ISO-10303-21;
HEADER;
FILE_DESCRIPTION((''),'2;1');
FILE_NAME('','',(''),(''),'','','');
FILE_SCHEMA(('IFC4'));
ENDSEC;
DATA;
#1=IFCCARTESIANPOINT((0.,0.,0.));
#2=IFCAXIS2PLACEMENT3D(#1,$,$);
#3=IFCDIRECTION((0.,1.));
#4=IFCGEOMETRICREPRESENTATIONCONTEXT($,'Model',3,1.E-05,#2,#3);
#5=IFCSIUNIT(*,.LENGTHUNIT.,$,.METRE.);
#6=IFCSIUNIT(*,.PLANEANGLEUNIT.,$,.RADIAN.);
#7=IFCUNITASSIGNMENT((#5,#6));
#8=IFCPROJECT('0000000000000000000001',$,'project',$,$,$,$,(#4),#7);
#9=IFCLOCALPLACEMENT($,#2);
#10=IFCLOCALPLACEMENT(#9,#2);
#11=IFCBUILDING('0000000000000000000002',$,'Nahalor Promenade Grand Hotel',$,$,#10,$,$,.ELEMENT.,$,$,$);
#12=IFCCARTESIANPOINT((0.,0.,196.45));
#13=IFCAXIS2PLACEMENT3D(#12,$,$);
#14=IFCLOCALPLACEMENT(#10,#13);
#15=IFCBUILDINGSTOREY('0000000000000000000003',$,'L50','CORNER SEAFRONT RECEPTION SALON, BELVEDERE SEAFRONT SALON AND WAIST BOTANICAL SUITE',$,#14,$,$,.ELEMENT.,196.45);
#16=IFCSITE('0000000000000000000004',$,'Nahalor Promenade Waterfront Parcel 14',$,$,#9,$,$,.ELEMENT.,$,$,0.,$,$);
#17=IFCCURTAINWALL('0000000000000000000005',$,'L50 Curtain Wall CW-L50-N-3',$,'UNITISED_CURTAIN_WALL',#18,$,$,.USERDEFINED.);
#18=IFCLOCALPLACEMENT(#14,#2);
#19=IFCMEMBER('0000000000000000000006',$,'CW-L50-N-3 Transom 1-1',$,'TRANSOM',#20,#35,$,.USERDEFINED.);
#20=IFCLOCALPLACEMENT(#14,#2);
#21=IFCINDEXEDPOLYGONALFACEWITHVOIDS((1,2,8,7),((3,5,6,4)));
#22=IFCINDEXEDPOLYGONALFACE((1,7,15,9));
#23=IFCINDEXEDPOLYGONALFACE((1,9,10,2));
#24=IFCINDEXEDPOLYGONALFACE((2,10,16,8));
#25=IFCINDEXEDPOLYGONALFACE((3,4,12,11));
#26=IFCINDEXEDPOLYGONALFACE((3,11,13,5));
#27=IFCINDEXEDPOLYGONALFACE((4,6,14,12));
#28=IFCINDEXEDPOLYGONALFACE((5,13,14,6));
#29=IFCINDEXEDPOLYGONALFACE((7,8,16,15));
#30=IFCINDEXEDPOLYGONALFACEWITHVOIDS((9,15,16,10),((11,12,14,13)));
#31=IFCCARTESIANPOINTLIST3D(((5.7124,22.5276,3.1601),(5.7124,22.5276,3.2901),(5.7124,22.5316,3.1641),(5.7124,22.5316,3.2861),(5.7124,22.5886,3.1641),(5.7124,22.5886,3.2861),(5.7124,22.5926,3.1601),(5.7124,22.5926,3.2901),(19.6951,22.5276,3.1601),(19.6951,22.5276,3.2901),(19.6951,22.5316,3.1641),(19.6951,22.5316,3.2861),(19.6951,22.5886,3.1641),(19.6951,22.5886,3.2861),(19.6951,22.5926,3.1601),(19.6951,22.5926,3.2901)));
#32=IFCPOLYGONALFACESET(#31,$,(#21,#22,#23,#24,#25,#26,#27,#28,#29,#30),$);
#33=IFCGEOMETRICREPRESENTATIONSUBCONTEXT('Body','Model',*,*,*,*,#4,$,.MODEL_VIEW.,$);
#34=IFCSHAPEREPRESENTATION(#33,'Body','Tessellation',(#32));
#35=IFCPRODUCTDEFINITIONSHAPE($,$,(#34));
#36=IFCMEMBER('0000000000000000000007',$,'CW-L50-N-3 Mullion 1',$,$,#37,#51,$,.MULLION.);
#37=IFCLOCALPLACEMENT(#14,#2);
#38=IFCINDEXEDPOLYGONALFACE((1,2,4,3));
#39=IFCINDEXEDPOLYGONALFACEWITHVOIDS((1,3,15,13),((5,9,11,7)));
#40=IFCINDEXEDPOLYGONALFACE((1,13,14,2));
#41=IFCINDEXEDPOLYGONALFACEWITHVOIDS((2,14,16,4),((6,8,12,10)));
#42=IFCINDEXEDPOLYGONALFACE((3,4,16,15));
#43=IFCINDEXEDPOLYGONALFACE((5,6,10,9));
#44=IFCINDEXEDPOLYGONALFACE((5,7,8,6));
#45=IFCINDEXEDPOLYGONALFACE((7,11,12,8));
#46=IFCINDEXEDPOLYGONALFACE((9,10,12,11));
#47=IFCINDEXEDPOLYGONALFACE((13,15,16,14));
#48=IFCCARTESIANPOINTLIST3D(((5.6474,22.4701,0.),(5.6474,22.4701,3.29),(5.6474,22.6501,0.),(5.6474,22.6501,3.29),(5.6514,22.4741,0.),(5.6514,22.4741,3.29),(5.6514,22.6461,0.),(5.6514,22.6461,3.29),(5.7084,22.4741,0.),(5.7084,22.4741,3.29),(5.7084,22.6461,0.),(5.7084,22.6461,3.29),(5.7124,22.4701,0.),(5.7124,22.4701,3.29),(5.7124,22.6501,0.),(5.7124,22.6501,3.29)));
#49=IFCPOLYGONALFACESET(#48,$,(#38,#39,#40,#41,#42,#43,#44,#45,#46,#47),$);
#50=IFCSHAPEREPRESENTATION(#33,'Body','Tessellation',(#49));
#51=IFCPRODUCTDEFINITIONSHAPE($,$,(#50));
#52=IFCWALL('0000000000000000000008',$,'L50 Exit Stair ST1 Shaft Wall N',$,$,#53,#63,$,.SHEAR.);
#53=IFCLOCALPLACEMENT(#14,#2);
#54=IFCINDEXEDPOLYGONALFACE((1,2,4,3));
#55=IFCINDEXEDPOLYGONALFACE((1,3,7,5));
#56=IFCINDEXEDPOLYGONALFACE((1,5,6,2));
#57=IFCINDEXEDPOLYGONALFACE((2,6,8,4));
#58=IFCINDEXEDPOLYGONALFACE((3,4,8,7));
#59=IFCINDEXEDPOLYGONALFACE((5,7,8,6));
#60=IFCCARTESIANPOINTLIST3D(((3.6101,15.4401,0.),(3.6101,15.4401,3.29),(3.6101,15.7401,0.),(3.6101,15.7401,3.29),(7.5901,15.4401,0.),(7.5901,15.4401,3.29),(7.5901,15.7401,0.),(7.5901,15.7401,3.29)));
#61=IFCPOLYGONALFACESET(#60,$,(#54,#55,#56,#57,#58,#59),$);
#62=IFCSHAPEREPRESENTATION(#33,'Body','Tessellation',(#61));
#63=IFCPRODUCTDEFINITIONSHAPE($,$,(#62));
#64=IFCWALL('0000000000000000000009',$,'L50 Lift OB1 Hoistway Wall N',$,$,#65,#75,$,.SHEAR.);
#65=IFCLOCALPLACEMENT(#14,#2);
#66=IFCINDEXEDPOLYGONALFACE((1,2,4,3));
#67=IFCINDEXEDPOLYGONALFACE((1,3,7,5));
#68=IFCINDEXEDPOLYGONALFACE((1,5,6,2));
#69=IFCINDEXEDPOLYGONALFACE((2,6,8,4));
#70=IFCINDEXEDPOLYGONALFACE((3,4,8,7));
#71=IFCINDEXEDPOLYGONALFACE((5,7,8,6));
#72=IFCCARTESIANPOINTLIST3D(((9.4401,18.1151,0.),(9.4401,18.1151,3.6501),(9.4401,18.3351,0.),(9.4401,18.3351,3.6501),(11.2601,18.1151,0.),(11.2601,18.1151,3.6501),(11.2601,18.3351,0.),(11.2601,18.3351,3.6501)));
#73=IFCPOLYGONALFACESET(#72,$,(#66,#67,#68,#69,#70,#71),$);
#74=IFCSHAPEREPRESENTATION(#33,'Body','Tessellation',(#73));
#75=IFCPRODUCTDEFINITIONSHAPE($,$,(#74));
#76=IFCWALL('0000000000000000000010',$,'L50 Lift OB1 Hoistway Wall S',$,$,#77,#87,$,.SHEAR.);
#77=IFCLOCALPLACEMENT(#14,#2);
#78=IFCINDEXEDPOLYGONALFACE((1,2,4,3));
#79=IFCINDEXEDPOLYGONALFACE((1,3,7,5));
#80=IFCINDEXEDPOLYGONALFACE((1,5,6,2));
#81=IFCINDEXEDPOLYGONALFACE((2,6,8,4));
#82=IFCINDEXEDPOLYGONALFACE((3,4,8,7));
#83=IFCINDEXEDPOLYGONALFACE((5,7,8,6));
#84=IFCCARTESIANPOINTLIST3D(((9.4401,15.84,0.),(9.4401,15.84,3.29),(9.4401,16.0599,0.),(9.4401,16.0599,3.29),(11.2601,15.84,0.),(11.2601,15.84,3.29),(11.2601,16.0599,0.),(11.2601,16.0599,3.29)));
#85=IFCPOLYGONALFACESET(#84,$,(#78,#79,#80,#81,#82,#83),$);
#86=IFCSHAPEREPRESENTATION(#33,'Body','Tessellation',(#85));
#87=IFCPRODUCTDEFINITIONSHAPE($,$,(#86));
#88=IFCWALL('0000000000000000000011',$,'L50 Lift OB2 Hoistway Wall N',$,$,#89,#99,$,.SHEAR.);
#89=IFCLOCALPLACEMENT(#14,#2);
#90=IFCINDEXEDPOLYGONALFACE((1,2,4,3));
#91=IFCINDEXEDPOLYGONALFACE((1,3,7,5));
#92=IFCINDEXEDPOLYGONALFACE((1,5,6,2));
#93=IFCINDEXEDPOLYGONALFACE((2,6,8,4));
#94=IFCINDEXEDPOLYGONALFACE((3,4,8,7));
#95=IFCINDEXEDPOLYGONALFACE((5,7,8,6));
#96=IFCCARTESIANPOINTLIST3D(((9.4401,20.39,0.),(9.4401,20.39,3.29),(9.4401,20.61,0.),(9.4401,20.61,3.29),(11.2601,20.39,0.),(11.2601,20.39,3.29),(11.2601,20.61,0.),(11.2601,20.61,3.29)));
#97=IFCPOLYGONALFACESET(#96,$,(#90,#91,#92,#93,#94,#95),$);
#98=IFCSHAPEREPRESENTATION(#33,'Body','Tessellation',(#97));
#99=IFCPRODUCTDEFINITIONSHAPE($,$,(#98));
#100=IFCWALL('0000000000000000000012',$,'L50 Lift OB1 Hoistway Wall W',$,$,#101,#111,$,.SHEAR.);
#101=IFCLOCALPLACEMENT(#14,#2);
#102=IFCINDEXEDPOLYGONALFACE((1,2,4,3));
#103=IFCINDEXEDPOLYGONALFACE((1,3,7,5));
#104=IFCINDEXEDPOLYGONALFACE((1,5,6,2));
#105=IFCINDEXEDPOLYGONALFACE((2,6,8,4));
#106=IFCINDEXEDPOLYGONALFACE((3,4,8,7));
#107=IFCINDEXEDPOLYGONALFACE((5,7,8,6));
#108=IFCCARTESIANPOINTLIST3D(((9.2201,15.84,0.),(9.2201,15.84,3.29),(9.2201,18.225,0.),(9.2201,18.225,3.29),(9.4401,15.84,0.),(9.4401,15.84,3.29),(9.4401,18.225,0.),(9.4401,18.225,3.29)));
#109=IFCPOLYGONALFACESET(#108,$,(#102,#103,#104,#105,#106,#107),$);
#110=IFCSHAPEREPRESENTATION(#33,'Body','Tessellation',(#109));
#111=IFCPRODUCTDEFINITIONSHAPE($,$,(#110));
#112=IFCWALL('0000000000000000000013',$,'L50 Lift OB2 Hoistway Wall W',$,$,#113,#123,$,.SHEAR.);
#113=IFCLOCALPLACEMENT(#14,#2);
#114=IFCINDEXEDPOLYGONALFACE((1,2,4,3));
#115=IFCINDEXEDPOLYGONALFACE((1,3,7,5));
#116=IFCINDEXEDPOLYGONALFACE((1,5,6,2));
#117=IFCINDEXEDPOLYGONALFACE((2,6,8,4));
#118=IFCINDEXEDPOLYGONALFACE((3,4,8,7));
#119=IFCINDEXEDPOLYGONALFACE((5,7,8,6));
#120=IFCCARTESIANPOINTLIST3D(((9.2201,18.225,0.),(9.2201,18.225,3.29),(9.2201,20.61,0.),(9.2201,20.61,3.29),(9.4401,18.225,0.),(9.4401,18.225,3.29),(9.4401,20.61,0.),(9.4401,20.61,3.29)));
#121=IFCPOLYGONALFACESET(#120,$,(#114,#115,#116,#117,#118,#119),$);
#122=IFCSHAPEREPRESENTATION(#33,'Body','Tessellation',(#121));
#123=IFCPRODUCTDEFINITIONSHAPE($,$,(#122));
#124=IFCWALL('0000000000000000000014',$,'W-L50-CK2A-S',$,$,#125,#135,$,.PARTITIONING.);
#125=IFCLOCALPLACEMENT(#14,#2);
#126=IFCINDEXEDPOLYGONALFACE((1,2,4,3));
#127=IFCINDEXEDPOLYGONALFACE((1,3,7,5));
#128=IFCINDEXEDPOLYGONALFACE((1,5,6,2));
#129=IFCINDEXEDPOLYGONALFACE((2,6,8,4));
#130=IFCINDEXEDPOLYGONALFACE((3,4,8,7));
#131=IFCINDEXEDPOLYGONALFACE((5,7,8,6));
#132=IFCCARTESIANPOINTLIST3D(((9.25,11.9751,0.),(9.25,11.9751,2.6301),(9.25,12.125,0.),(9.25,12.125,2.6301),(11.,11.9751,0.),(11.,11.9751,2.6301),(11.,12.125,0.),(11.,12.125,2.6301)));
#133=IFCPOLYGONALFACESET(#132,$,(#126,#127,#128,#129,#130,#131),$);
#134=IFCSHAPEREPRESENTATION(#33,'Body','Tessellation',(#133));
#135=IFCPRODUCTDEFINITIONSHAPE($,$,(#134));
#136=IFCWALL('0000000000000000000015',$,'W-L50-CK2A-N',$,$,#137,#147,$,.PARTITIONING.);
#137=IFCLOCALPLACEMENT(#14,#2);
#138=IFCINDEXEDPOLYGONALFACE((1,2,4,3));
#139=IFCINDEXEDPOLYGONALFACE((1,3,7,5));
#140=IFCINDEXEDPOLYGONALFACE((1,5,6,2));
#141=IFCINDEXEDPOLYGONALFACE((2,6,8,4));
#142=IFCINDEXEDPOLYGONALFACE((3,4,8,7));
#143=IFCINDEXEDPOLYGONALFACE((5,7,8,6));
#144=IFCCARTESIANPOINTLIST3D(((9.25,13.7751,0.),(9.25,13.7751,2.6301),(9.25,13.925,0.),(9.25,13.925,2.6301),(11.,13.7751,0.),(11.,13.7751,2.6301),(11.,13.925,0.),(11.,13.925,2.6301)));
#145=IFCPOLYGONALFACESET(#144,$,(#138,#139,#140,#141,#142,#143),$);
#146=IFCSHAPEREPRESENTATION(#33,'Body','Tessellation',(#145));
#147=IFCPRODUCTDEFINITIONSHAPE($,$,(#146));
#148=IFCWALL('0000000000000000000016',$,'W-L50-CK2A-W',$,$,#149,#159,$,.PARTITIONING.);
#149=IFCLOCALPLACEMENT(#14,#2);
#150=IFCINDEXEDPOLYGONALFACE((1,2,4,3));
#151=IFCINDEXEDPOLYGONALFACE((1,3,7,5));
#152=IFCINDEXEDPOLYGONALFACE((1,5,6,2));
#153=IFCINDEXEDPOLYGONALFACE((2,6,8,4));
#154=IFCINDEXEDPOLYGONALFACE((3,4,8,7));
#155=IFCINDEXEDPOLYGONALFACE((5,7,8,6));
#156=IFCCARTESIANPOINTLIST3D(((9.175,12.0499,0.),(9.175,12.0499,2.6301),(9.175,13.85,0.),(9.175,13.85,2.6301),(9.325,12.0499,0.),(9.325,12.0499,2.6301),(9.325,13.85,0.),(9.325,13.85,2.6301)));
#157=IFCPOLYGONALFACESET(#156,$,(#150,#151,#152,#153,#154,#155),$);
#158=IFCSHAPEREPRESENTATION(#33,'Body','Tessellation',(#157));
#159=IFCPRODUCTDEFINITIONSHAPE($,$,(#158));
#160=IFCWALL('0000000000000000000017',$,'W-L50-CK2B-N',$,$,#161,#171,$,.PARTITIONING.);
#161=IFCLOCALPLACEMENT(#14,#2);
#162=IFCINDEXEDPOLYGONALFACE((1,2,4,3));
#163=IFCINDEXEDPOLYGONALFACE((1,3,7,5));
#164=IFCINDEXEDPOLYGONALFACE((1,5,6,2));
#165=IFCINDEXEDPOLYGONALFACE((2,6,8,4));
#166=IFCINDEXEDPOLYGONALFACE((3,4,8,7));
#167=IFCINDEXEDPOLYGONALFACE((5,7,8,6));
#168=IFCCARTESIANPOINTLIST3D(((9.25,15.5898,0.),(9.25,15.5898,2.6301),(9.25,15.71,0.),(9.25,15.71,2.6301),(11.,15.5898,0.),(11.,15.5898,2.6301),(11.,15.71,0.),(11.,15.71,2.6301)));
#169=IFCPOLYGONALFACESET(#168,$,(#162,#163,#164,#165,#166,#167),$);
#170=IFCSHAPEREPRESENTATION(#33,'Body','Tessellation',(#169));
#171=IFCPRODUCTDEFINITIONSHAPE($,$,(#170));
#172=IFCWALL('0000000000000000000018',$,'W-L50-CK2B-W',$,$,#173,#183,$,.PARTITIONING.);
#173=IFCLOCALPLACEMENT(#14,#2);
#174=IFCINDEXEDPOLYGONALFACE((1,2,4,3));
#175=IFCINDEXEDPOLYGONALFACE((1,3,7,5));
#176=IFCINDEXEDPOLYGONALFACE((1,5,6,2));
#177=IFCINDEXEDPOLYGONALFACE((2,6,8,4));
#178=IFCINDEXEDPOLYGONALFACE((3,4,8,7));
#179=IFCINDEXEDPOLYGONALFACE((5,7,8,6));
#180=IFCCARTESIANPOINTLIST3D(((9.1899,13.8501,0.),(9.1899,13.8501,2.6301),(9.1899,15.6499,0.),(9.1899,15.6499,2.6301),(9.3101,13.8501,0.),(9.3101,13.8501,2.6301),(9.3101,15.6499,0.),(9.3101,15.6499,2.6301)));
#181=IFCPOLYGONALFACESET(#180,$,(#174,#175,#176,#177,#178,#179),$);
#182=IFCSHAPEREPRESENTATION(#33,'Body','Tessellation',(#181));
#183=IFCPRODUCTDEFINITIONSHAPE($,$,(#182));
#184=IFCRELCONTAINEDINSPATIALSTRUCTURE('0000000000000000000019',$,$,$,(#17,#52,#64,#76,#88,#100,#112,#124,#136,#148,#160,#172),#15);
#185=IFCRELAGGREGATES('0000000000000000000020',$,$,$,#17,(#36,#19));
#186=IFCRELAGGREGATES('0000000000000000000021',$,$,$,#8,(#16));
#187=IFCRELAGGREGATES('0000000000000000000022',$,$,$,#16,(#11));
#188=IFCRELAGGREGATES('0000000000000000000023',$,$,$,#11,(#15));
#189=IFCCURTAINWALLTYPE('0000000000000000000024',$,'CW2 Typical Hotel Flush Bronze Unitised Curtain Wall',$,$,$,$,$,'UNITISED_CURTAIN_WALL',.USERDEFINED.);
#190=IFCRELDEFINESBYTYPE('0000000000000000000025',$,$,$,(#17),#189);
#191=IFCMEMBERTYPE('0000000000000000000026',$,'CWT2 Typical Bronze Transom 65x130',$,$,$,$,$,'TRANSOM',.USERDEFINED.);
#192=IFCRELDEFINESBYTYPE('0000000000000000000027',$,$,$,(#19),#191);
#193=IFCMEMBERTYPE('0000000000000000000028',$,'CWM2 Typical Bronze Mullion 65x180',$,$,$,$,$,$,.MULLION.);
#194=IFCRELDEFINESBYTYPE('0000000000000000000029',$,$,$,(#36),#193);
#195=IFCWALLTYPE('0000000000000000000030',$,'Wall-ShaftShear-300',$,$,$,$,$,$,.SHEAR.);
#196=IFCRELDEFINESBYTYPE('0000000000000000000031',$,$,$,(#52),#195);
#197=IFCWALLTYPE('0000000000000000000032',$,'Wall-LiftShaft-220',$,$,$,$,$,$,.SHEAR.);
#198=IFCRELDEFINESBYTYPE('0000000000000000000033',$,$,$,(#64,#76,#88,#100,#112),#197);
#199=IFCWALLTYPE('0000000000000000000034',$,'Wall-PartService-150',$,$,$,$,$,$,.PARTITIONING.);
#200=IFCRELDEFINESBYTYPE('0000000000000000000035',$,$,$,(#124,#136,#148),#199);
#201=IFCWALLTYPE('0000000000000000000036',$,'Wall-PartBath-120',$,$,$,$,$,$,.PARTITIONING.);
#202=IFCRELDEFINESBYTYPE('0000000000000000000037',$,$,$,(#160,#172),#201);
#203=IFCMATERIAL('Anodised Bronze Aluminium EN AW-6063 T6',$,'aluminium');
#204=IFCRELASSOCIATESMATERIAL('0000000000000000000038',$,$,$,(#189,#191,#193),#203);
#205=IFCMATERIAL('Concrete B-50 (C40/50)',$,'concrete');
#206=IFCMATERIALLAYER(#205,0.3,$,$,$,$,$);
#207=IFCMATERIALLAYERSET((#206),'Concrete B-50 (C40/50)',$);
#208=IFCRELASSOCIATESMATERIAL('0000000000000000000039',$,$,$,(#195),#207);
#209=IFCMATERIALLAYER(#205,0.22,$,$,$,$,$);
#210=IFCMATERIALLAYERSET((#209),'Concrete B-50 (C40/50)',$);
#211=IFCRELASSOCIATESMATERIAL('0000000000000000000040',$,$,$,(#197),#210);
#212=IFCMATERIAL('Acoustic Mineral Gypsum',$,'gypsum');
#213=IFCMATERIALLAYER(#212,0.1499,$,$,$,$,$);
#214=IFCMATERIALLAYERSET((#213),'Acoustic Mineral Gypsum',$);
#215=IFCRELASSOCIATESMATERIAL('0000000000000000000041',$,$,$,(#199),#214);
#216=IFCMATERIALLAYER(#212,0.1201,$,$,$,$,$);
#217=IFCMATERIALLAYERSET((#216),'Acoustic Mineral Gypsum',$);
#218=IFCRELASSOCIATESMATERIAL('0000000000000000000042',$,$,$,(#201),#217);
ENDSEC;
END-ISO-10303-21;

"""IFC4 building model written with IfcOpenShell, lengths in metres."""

from ifc_helpers import new_model, si_unit, direction, frame, frame_2d, origin, origin_2d, place, context, subcontext, project, spatial, rectangle, hollow_rectangle, extrude, source, transform, mapped, material, layer, layer_set, material_profile, profile_set, type_object, element, aggregate, save


model = new_model("IFC4")

# Units and contexts
model_context = context("Model", 3, precision=1e-05, world=origin(), true_north=direction((0.0, 1.0)))
body_context = subcontext(model_context, "Body", "Model", "MODEL_VIEW")
ifc_project = project(units=[si_unit("LENGTHUNIT", "METRE"), si_unit("PLANEANGLEUNIT", "RADIAN")], contexts=[model_context])

# Site, building, storey
site_placement = place(None, origin())
site = spatial("IfcSite", under=ifc_project, at=site_placement, Name="Nahalor Promenade Waterfront Parcel 14", CompositionType="ELEMENT", RefElevation=0.0)
building_placement = place(site_placement, origin())
building = spatial("IfcBuilding", under=site, at=building_placement, Name="Nahalor Promenade Grand Hotel", CompositionType="ELEMENT")
storey_placement = place(building_placement, frame((0.0, 0.0, 196.45)))
storey = spatial("IfcBuildingStorey", under=building, at=storey_placement, Name="L50", Description="CORNER SEAFRONT RECEPTION SALON, BELVEDERE SEAFRONT SALON AND WAIST BOTANICAL SUITE", CompositionType="ELEMENT", Elevation=196.45)

# Curtain wall, members
ifc_material_1 = material(Name="Anodised Bronze Aluminium EN AW-6063 T6", Category="aluminium")
curtain_wall_type = type_object("IfcCurtainWallType", Name="CW2 Typical Hotel Flush Bronze Unitised Curtain Wall", ElementType="UNITISED_CURTAIN_WALL", PredefinedType="USERDEFINED", material=ifc_material_1)
curtain_wall_placement = place(storey_placement, origin())
curtain_wall = element("IfcCurtainWall", 1, at=curtain_wall_placement, inside=storey, type_object=curtain_wall_type, Name="L50 Curtain Wall CW-L50-N-3", ObjectType="UNITISED_CURTAIN_WALL", PredefinedType="USERDEFINED")
ifc_material_profile_1 = material_profile(ifc_material_1, hollow_rectangle(XDim=0.065, YDim=0.13, WallThickness=0.004, at=origin_2d()), Name="CWT 65x130x4")
ifc_profile_set_1 = profile_set([ifc_material_profile_1], Name="Anodised Bronze Aluminium EN AW-6063 T6")
member_type_1 = type_object("IfcMemberType", Name="CWT2 Typical Bronze Transom 65x130", ElementType="TRANSOM", PredefinedType="USERDEFINED", material=ifc_profile_set_1)
shared_shape_1 = source(origin(), body_context, "Body", "SweptSolid", [
    extrude(hollow_rectangle(XDim=0.065, YDim=0.13, WallThickness=0.004, at=origin_2d()), origin(), (0.0, 0.0, 1.0), 13.9827),
])
member_1_placement = place(storey_placement, frame((5.7124, 22.5601, 3.2251), z_axis=(1.0, 0.0, 0.0), x_axis=(0.0, 1.0, 0.0)))
member_1 = element("IfcMember", 2, at=member_1_placement, type_object=member_type_1, Name="CW-L50-N-3 Transom 1-1", ObjectType="TRANSOM", PredefinedType="USERDEFINED", context=body_context, shape_type="MappedRepresentation", body=[
    mapped(shared_shape_1, transform((0.0, 0.0, 0.0), scale=1.0)),
])
ifc_material_profile_2 = material_profile(ifc_material_1, hollow_rectangle(XDim=0.065, YDim=0.18, WallThickness=0.004, at=origin_2d()), Name="CWM 65x180x4")
ifc_profile_set_2 = profile_set([ifc_material_profile_2], Name="Anodised Bronze Aluminium EN AW-6063 T6")
member_type_2 = type_object("IfcMemberType", Name="CWM2 Typical Bronze Mullion 65x180", PredefinedType="MULLION", material=ifc_profile_set_2)
shared_shape_2 = source(origin(), body_context, "Body", "SweptSolid", [
    extrude(hollow_rectangle(XDim=0.065, YDim=0.18, WallThickness=0.004, at=origin_2d()), origin(), (0.0, 0.0, 1.0), 3.29),
])
member_2_placement = place(storey_placement, frame((5.6799, 22.5601, 0.0), z_axis=(0.0, 0.0, 1.0), x_axis=(1.0, 0.0, 0.0)))
member_2 = element("IfcMember", 3, at=member_2_placement, type_object=member_type_2, Name="CW-L50-N-3 Mullion 1", PredefinedType="MULLION", context=body_context, shape_type="MappedRepresentation", body=[
    mapped(shared_shape_2, transform((0.0, 0.0, 0.0), scale=1.0)),
])
aggregate(curtain_wall, [member_2, member_1])

# Walls
ifc_material_2 = material(Name="Concrete B-50 (C40/50)", Category="concrete")
ifc_layer_1 = layer(ifc_material_2, 0.3)
ifc_layer_set_1 = layer_set([ifc_layer_1], Name="Concrete B-50 (C40/50)")
wall_type_1 = type_object("IfcWallType", Name="Wall-ShaftShear-300", PredefinedType="SHEAR", material=ifc_layer_set_1)
shared_shape_3 = source(origin(), body_context, "Body", "SweptSolid", [
    extrude(rectangle(XDim=3.98, YDim=0.3, at=frame_2d((1.99, 0.0))), origin(), (0.0, 0.0, 1.0), 3.29),
])
wall_1_placement = place(storey_placement, frame((3.6101, 15.5901, 0.0), z_axis=(0.0, 0.0, 1.0), x_axis=(1.0, 0.0, 0.0)))
element("IfcWall", 4, at=wall_1_placement, inside=storey, type_object=wall_type_1, Name="L50 Exit Stair ST1 Shaft Wall N", PredefinedType="SHEAR", context=body_context, shape_type="MappedRepresentation", body=[
    mapped(shared_shape_3, transform((0.0, 0.0, 0.0), scale=1.0)),
])
ifc_layer_2 = layer(ifc_material_2, 0.22)
ifc_layer_set_2 = layer_set([ifc_layer_2], Name="Concrete B-50 (C40/50)")
wall_type_2 = type_object("IfcWallType", Name="Wall-LiftShaft-220", PredefinedType="SHEAR", material=ifc_layer_set_2)
shared_shape_4 = source(origin(), body_context, "Body", "SweptSolid", [
    extrude(rectangle(XDim=1.8201, YDim=0.22, at=frame_2d((0.9102, 0.0))), origin(), (0.0, 0.0, 1.0), 3.6501),
])
wall_2_placement = place(storey_placement, frame((9.4399, 18.2251, 0.0), z_axis=(0.0, 0.0, 1.0), x_axis=(1.0, 0.0, 0.0)))
element("IfcWall", 5, at=wall_2_placement, inside=storey, type_object=wall_type_2, Name="L50 Lift OB1 Hoistway Wall N", PredefinedType="SHEAR", context=body_context, shape_type="MappedRepresentation", body=[
    mapped(shared_shape_4, transform((0.0, 0.0, 0.0), scale=1.0)),
])
shared_shape_5 = source(origin(), body_context, "Body", "SweptSolid", [
    extrude(rectangle(XDim=1.8201, YDim=0.22, at=frame_2d((0.9102, 0.0))), origin(), (0.0, 0.0, 1.0), 3.29),
])
for number, where, z_axis, x_axis, name in (
    (6, (9.4399, 15.95, 0.0), (0.0, 0.0, 1.0), (1.0, 0.0, 0.0), "L50 Lift OB1 Hoistway Wall S"),
    (7, (9.4399, 20.5, 0.0), (0.0, 0.0, 1.0), (1.0, 0.0, 0.0), "L50 Lift OB2 Hoistway Wall N"),
):
    element("IfcWall", number, at=place(storey_placement, frame(where, z_axis=z_axis, x_axis=x_axis)), inside=storey, type_object=wall_type_2, Name=name, PredefinedType="SHEAR", context=body_context, shape_type="MappedRepresentation", body=[
        mapped(shared_shape_5, transform((0.0, 0.0, 0.0), scale=1.0)),
    ])
shared_shape_6 = source(origin(), body_context, "Body", "SweptSolid", [
    extrude(rectangle(XDim=2.385, YDim=0.22, at=frame_2d((1.1924, 0.0))), origin(), (0.0, 0.0, 1.0), 3.29),
])
for number, where, z_axis, x_axis, name in (
    (8, (9.3301, 15.8401, 0.0), (0.0, 0.0, 1.0), (0.0, 1.0, 0.0), "L50 Lift OB1 Hoistway Wall W"),
    (9, (9.3301, 18.2251, 0.0), (0.0, 0.0, 1.0), (0.0, 1.0, 0.0), "L50 Lift OB2 Hoistway Wall W"),
):
    element("IfcWall", number, at=place(storey_placement, frame(where, z_axis=z_axis, x_axis=x_axis)), inside=storey, type_object=wall_type_2, Name=name, PredefinedType="SHEAR", context=body_context, shape_type="MappedRepresentation", body=[
        mapped(shared_shape_6, transform((0.0, 0.0, 0.0), scale=1.0)),
    ])
ifc_material_3 = material(Name="Acoustic Mineral Gypsum", Category="gypsum")
ifc_layer_3 = layer(ifc_material_3, 0.1499)
ifc_layer_set_3 = layer_set([ifc_layer_3], Name="Acoustic Mineral Gypsum")
wall_type_3 = type_object("IfcWallType", Name="Wall-PartService-150", PredefinedType="PARTITIONING", material=ifc_layer_set_3)
shared_shape_7 = source(origin(), body_context, "Body", "SweptSolid", [
    extrude(rectangle(XDim=1.75, YDim=0.1499, at=frame_2d((0.875, 0.0))), origin(), (0.0, 0.0, 1.0), 2.6301),
])
for number, where, z_axis, x_axis, name in (
    (10, (9.25, 12.05, 0.0), (0.0, 0.0, 1.0), (1.0, 0.0, 0.0), "W-L50-CK2A-S"),
    (11, (9.25, 13.8501, 0.0), (0.0, 0.0, 1.0), (1.0, 0.0, 0.0), "W-L50-CK2A-N"),
):
    element("IfcWall", number, at=place(storey_placement, frame(where, z_axis=z_axis, x_axis=x_axis)), inside=storey, type_object=wall_type_3, Name=name, PredefinedType="PARTITIONING", context=body_context, shape_type="MappedRepresentation", body=[
        mapped(shared_shape_7, transform((0.0, 0.0, 0.0), scale=1.0)),
    ])
shared_shape_8 = source(origin(), body_context, "Body", "SweptSolid", [
    extrude(rectangle(XDim=1.8, YDim=0.1499, at=frame_2d((0.8999, 0.0))), origin(), (0.0, 0.0, 1.0), 2.6301),
])
wall_3_placement = place(storey_placement, frame((9.25, 12.05, 0.0), z_axis=(0.0, 0.0, 1.0), x_axis=(0.0, 1.0, 0.0)))
element("IfcWall", 12, at=wall_3_placement, inside=storey, type_object=wall_type_3, Name="W-L50-CK2A-W", PredefinedType="PARTITIONING", context=body_context, shape_type="MappedRepresentation", body=[
    mapped(shared_shape_8, transform((0.0, 0.0, 0.0), scale=1.0)),
])
ifc_layer_4 = layer(ifc_material_3, 0.1201)
ifc_layer_set_4 = layer_set([ifc_layer_4], Name="Acoustic Mineral Gypsum")
wall_type_4 = type_object("IfcWallType", Name="Wall-PartBath-120", PredefinedType="PARTITIONING", material=ifc_layer_set_4)
shared_shape_9 = source(origin(), body_context, "Body", "SweptSolid", [
    extrude(rectangle(XDim=1.75, YDim=0.1201, at=frame_2d((0.875, 0.0))), origin(), (0.0, 0.0, 1.0), 2.6301),
])
wall_4_placement = place(storey_placement, frame((9.25, 15.6499, 0.0), z_axis=(0.0, 0.0, 1.0), x_axis=(1.0, 0.0, 0.0)))
element("IfcWall", 13, at=wall_4_placement, inside=storey, type_object=wall_type_4, Name="W-L50-CK2B-N", PredefinedType="PARTITIONING", context=body_context, shape_type="MappedRepresentation", body=[
    mapped(shared_shape_9, transform((0.0, 0.0, 0.0), scale=1.0)),
])
shared_shape_10 = source(origin(), body_context, "Body", "SweptSolid", [
    extrude(rectangle(XDim=1.7998, YDim=0.1201, at=frame_2d((0.8999, 0.0))), origin(), (0.0, 0.0, 1.0), 2.6301),
])
wall_5_placement = place(storey_placement, frame((9.25, 13.8501, 0.0), z_axis=(0.0, 0.0, 1.0), x_axis=(0.0, 1.0, 0.0)))
element("IfcWall", 14, at=wall_5_placement, inside=storey, type_object=wall_type_4, Name="W-L50-CK2B-W", PredefinedType="PARTITIONING", context=body_context, shape_type="MappedRepresentation", body=[
    mapped(shared_shape_10, transform((0.0, 0.0, 0.0), scale=1.0)),
])

save(model, "model.ifc")
